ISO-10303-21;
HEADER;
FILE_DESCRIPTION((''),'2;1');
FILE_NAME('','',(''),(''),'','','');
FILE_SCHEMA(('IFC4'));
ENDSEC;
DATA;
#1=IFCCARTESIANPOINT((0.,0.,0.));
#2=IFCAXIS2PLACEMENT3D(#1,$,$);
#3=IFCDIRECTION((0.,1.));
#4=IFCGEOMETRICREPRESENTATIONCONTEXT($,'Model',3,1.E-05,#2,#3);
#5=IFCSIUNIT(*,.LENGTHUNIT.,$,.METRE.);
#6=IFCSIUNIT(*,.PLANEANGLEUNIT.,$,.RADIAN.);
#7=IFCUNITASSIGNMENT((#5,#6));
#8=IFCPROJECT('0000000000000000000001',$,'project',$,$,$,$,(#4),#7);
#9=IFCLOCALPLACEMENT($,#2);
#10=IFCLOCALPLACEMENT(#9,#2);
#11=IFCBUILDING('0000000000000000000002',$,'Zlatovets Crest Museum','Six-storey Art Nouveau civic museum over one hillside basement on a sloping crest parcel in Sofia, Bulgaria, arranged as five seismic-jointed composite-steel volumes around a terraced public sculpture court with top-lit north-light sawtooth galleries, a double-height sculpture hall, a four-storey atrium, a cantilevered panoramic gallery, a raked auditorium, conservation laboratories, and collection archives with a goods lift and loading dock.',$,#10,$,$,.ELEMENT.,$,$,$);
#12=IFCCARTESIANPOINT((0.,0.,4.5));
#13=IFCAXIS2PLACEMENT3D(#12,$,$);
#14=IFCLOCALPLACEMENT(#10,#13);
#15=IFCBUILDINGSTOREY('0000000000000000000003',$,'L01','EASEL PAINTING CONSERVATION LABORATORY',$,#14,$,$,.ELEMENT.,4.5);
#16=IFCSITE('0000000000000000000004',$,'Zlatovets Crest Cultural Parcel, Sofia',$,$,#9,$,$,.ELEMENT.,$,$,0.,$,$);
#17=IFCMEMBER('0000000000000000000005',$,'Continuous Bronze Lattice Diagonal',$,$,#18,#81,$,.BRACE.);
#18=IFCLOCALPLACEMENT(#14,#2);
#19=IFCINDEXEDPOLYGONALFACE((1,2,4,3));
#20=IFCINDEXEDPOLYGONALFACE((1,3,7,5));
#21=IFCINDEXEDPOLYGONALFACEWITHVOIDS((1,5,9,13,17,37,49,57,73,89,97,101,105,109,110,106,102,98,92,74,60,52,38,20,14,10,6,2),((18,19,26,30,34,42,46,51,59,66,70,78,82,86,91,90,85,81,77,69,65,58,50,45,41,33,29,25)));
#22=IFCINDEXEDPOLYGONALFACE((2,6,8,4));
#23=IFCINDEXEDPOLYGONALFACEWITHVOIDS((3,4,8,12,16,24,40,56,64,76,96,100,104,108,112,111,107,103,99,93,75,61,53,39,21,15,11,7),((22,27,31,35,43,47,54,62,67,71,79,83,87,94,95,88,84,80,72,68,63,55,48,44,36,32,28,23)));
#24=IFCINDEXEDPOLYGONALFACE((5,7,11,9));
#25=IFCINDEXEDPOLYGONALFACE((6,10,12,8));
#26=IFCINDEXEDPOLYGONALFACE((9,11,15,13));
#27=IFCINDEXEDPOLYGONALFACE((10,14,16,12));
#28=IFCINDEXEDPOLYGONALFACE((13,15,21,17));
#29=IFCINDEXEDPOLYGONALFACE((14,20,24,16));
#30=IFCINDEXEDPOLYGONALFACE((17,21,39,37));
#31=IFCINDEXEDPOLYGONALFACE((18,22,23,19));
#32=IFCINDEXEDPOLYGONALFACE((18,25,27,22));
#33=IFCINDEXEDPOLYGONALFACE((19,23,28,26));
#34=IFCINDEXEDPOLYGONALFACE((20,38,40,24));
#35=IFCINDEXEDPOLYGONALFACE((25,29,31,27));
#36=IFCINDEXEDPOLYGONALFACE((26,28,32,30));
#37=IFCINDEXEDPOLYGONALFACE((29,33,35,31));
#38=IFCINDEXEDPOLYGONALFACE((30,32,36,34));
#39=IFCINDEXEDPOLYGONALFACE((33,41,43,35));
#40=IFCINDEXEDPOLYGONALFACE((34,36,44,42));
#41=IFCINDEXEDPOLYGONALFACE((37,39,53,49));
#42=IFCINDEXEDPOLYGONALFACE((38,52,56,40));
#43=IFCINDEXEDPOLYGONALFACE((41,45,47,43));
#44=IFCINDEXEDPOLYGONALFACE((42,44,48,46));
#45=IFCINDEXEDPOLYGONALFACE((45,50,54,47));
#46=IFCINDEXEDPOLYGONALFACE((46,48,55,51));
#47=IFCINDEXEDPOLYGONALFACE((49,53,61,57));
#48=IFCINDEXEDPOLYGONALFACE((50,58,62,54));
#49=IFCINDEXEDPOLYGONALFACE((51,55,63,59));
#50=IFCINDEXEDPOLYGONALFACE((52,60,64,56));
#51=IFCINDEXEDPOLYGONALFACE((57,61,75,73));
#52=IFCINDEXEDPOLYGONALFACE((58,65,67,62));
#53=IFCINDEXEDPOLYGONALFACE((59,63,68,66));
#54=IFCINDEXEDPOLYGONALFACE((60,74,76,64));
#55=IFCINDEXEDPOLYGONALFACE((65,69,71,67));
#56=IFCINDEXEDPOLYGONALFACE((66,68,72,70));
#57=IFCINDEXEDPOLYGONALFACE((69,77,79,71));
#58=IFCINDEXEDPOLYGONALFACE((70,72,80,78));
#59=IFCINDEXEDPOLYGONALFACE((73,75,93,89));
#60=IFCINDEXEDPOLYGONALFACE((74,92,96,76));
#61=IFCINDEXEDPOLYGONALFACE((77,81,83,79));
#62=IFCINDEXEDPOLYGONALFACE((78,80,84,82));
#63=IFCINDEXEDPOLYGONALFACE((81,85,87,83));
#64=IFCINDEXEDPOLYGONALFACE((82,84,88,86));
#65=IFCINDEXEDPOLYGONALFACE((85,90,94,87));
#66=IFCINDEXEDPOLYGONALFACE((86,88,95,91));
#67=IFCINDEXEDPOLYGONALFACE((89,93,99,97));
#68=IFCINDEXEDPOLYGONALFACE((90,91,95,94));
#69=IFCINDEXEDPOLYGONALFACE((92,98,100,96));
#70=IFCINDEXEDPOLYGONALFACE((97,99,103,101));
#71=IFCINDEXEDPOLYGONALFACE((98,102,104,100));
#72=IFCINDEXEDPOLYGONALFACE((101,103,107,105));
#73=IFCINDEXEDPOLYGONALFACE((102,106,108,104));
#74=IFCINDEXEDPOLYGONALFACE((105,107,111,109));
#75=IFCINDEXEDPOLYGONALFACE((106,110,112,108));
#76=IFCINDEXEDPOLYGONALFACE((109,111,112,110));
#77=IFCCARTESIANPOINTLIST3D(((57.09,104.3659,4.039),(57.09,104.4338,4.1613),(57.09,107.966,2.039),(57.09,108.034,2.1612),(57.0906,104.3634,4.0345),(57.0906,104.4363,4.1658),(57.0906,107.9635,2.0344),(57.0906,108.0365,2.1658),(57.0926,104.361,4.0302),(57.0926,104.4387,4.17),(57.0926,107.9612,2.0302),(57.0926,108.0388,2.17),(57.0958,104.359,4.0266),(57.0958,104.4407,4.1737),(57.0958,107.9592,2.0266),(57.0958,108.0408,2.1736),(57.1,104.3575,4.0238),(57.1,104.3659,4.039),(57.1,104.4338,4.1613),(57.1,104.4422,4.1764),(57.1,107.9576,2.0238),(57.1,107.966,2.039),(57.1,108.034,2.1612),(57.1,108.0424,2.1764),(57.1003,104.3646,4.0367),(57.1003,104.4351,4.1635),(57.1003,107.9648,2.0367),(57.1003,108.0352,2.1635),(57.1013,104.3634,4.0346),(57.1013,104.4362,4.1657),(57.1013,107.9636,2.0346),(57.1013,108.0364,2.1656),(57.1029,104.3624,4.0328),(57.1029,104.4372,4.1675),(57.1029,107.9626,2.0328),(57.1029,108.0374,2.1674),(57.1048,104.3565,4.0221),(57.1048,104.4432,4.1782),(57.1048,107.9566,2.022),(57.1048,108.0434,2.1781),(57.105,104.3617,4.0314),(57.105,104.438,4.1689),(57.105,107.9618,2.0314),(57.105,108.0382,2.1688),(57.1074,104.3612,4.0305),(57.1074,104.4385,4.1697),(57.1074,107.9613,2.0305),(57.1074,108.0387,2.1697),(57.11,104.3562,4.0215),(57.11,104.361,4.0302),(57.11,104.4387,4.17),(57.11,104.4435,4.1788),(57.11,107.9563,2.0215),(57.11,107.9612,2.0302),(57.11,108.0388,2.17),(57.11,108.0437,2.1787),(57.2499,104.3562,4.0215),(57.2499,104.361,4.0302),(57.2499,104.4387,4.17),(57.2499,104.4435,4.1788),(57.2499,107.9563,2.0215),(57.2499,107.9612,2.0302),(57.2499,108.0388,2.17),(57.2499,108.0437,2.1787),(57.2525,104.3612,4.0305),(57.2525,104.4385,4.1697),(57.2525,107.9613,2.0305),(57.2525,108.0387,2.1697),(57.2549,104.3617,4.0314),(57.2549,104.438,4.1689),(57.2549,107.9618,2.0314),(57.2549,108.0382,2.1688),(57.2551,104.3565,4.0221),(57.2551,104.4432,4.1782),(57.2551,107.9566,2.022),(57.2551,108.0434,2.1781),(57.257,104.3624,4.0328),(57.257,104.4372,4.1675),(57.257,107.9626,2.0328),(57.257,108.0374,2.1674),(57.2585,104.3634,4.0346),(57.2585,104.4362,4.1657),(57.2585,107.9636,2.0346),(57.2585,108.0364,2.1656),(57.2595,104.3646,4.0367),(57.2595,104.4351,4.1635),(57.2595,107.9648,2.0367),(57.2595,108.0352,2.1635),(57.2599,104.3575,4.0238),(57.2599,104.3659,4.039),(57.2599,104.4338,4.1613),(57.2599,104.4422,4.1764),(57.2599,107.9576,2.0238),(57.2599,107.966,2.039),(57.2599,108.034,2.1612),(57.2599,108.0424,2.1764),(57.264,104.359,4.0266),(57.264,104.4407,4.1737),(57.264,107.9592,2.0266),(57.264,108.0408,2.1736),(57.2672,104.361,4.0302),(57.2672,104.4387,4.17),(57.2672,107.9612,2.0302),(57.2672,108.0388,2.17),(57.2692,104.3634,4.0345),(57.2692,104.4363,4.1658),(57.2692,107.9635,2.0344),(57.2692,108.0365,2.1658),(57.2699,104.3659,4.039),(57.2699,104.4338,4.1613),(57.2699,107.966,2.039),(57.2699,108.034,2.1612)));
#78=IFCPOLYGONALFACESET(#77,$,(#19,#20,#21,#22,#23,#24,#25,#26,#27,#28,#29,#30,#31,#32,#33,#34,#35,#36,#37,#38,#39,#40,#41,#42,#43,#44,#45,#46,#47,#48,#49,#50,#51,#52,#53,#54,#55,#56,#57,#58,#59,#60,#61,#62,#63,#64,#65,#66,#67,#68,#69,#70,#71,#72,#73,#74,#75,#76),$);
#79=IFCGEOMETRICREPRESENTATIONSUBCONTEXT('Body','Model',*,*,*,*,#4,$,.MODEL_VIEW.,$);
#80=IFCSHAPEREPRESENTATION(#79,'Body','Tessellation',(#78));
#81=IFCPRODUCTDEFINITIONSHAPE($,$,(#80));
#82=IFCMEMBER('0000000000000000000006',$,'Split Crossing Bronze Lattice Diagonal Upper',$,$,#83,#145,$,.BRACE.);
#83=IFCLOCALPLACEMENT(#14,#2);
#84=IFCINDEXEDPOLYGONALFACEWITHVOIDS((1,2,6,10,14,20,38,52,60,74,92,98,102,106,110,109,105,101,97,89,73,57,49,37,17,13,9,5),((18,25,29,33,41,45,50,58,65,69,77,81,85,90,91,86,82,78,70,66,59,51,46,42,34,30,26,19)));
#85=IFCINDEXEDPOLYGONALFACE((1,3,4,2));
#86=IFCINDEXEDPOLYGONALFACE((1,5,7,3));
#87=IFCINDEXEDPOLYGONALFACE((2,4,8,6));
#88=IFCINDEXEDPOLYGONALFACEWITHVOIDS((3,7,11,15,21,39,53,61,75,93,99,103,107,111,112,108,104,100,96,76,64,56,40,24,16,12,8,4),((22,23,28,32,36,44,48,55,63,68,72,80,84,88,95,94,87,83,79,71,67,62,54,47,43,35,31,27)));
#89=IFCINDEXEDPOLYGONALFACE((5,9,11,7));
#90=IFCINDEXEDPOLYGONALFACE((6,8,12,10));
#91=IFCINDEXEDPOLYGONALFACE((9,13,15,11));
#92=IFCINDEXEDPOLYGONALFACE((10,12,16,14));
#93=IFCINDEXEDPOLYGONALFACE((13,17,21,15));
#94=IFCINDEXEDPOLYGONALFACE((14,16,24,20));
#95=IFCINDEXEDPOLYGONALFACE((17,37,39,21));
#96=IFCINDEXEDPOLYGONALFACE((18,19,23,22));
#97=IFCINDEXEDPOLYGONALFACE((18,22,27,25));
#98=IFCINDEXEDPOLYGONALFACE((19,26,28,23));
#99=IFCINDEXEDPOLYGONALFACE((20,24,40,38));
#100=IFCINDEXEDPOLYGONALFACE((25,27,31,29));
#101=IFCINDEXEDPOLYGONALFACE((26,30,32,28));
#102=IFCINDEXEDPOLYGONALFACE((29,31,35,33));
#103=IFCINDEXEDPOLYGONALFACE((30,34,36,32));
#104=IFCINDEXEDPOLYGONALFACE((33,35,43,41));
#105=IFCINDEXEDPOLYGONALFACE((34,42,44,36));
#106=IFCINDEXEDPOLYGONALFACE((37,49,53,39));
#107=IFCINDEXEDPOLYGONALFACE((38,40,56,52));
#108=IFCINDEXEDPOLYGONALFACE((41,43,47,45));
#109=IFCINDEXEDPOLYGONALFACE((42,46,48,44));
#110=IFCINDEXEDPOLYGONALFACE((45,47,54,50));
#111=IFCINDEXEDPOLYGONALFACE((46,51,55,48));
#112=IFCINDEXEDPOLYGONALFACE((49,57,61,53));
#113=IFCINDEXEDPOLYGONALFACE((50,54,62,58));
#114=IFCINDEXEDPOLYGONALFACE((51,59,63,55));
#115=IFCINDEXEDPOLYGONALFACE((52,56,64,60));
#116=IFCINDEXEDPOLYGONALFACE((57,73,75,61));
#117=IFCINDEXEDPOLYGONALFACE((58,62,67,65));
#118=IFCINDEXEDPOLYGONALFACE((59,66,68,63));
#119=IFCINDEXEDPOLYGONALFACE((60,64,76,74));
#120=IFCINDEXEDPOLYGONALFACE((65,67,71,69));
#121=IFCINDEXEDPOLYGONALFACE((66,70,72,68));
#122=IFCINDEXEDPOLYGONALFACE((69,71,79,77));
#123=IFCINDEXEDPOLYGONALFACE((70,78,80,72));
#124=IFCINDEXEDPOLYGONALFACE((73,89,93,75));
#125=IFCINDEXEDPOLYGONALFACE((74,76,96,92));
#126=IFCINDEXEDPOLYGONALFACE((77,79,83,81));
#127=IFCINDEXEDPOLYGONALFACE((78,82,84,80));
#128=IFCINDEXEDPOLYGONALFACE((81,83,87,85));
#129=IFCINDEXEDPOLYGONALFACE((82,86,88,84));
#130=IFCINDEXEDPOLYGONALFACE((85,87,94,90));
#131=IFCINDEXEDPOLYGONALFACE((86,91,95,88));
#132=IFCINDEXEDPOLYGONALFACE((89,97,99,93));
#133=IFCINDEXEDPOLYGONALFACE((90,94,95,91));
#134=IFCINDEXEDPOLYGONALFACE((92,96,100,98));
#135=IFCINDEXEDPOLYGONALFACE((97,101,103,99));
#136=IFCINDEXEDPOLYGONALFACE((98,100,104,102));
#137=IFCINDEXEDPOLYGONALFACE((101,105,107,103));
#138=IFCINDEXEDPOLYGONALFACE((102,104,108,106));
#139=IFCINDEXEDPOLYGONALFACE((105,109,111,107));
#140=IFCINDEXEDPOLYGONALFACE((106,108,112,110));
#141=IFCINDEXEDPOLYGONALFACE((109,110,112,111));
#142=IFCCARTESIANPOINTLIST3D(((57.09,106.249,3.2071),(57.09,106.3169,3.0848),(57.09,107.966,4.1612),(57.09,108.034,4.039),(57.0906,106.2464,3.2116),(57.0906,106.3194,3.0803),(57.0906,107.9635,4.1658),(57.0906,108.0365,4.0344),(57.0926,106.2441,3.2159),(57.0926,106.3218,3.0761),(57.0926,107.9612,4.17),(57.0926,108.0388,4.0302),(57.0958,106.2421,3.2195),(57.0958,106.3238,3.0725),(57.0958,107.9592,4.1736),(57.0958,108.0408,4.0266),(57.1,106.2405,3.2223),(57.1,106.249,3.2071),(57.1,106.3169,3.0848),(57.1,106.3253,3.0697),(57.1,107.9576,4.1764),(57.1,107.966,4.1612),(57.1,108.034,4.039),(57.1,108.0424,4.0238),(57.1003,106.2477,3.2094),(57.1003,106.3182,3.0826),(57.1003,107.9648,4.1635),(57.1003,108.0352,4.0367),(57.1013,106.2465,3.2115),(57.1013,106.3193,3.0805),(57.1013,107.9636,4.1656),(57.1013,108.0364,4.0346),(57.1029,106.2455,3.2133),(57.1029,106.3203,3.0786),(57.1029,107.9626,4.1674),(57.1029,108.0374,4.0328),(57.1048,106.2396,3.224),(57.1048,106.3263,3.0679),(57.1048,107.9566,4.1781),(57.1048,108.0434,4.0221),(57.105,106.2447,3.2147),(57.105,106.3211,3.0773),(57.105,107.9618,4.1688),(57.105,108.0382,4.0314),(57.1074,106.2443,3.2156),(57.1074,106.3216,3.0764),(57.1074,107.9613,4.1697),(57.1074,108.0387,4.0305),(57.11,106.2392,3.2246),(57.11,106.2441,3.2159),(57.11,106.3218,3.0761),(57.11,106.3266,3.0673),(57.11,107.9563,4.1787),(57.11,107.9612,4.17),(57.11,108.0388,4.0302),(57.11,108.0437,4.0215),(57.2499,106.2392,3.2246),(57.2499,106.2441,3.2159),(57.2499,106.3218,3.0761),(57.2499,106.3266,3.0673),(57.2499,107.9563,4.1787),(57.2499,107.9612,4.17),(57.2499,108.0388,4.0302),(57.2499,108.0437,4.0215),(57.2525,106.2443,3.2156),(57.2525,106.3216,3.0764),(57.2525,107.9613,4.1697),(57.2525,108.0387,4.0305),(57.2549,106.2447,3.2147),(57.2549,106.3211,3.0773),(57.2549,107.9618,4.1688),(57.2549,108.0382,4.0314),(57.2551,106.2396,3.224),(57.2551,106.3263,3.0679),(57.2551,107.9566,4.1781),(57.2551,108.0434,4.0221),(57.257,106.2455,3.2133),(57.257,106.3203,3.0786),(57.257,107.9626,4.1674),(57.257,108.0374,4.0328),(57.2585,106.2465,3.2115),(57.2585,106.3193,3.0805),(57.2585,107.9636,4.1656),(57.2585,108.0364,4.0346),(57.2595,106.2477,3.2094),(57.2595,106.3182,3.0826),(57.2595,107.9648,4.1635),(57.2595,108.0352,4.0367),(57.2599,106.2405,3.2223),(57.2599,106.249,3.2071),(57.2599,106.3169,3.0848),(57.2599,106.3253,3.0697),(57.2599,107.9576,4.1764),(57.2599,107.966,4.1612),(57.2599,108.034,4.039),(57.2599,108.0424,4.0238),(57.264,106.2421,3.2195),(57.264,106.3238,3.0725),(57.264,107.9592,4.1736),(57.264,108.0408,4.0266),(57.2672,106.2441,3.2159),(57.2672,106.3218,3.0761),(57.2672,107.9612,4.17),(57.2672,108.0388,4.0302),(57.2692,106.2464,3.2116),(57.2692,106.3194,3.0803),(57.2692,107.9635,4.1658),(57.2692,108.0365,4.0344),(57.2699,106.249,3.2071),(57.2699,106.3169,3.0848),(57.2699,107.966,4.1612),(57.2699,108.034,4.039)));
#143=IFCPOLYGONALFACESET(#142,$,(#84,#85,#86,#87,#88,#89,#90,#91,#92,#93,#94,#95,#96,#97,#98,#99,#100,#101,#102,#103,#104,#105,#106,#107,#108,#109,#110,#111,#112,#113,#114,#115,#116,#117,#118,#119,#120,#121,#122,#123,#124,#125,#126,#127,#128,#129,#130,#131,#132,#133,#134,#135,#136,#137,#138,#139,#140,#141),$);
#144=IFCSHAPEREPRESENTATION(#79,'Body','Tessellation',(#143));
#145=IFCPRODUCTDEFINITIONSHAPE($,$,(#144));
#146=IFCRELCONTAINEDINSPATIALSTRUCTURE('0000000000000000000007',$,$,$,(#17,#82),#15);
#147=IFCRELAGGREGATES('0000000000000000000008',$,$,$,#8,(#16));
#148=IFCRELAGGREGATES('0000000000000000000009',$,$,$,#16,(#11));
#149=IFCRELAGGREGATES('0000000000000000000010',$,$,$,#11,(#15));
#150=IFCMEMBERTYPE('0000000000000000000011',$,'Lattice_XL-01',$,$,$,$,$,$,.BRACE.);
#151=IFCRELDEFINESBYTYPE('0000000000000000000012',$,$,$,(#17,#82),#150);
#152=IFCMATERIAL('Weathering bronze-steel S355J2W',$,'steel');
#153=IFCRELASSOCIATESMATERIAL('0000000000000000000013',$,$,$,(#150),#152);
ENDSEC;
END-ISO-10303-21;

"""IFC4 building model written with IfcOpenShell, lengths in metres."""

from ifc_helpers import new_model, si_unit, direction, frame, origin, origin_2d, place, context, subcontext, project, spatial, hollow_rectangle, extrude, material, material_profile, profile_set, type_object, element, save


model = new_model("IFC4")

# Units and contexts
model_context = context("Model", 3, precision=1e-05, world=origin(), true_north=direction((0.0, 1.0)))
body_context = subcontext(model_context, "Body", "Model", "MODEL_VIEW")
ifc_project = project(units=[si_unit("LENGTHUNIT", "METRE"), si_unit("PLANEANGLEUNIT", "RADIAN")], contexts=[model_context])

# Site, building, storey
site_placement = place(None, origin())
site = spatial("IfcSite", under=ifc_project, at=site_placement, Name="Zlatovets Crest Cultural Parcel, Sofia", CompositionType="ELEMENT", RefElevation=0.0)
building_placement = place(site_placement, origin())
building = spatial("IfcBuilding", under=site, at=building_placement, Name="Zlatovets Crest Museum", Description="Six-storey Art Nouveau civic museum over one hillside basement on a sloping crest parcel in Sofia, Bulgaria, arranged as five seismic-jointed composite-steel volumes around a terraced public sculpture court with top-lit north-light sawtooth galleries, a double-height sculpture hall, a four-storey atrium, a cantilevered panoramic gallery, a raked auditorium, conservation laboratories, and collection archives with a goods lift and loading dock.", CompositionType="ELEMENT")
storey_placement = place(building_placement, frame((0.0, 0.0, 4.5)))
storey = spatial("IfcBuildingStorey", under=building, at=storey_placement, Name="L01", Description="EASEL PAINTING CONSERVATION LABORATORY", CompositionType="ELEMENT", Elevation=4.5)

# Members
ifc_material_1 = material(Name="Weathering bronze-steel S355J2W", Category="steel")
ifc_material_profile_1 = material_profile(ifc_material_1, hollow_rectangle(XDim=0.1799, YDim=0.1799, WallThickness=0.01, InnerFilletRadius=0.01, OuterFilletRadius=0.02, at=origin_2d()), Name="SHS 180x180x10.0")
ifc_profile_set_1 = profile_set([ifc_material_profile_1], Name="Weathering bronze-steel S355J2W")
member_type_1 = type_object("IfcMemberType", Name="Lattice_XL-01", PredefinedType="BRACE", material=ifc_profile_set_1)
member_1_placement = place(storey_placement, frame((57.1799, 108.0, 2.1001), z_axis=(0.0, -0.874163, 0.485633), x_axis=(1.0, 0.0, 0.0)))
element("IfcMember", 1, at=member_1_placement, inside=storey, type_object=member_type_1, Name="Continuous Bronze Lattice Diagonal", PredefinedType="BRACE", context=body_context, shape_type="SweptSolid", body=[
    extrude(hollow_rectangle(XDim=0.1799, YDim=0.1799, WallThickness=0.01, InnerFilletRadius=0.01, OuterFilletRadius=0.02, at=origin_2d()), origin(), (0.0, 0.0, 1.0), 4.1184),
])
member_2_placement = place(storey_placement, frame((57.1799, 108.0, 4.1001), z_axis=(0.0, -0.874116, -0.485717), x_axis=(1.0, 0.0, 0.0)))
element("IfcMember", 2, at=member_2_placement, inside=storey, type_object=member_type_1, Name="Split Crossing Bronze Lattice Diagonal Upper", PredefinedType="BRACE", context=body_context, shape_type="SweptSolid", body=[
    extrude(hollow_rectangle(XDim=0.1799, YDim=0.1799, WallThickness=0.01, InnerFilletRadius=0.01, OuterFilletRadius=0.02, at=origin_2d()), origin(), (0.0, 0.0, 1.0), 1.9644),
])

save(model, "model.ifc")
